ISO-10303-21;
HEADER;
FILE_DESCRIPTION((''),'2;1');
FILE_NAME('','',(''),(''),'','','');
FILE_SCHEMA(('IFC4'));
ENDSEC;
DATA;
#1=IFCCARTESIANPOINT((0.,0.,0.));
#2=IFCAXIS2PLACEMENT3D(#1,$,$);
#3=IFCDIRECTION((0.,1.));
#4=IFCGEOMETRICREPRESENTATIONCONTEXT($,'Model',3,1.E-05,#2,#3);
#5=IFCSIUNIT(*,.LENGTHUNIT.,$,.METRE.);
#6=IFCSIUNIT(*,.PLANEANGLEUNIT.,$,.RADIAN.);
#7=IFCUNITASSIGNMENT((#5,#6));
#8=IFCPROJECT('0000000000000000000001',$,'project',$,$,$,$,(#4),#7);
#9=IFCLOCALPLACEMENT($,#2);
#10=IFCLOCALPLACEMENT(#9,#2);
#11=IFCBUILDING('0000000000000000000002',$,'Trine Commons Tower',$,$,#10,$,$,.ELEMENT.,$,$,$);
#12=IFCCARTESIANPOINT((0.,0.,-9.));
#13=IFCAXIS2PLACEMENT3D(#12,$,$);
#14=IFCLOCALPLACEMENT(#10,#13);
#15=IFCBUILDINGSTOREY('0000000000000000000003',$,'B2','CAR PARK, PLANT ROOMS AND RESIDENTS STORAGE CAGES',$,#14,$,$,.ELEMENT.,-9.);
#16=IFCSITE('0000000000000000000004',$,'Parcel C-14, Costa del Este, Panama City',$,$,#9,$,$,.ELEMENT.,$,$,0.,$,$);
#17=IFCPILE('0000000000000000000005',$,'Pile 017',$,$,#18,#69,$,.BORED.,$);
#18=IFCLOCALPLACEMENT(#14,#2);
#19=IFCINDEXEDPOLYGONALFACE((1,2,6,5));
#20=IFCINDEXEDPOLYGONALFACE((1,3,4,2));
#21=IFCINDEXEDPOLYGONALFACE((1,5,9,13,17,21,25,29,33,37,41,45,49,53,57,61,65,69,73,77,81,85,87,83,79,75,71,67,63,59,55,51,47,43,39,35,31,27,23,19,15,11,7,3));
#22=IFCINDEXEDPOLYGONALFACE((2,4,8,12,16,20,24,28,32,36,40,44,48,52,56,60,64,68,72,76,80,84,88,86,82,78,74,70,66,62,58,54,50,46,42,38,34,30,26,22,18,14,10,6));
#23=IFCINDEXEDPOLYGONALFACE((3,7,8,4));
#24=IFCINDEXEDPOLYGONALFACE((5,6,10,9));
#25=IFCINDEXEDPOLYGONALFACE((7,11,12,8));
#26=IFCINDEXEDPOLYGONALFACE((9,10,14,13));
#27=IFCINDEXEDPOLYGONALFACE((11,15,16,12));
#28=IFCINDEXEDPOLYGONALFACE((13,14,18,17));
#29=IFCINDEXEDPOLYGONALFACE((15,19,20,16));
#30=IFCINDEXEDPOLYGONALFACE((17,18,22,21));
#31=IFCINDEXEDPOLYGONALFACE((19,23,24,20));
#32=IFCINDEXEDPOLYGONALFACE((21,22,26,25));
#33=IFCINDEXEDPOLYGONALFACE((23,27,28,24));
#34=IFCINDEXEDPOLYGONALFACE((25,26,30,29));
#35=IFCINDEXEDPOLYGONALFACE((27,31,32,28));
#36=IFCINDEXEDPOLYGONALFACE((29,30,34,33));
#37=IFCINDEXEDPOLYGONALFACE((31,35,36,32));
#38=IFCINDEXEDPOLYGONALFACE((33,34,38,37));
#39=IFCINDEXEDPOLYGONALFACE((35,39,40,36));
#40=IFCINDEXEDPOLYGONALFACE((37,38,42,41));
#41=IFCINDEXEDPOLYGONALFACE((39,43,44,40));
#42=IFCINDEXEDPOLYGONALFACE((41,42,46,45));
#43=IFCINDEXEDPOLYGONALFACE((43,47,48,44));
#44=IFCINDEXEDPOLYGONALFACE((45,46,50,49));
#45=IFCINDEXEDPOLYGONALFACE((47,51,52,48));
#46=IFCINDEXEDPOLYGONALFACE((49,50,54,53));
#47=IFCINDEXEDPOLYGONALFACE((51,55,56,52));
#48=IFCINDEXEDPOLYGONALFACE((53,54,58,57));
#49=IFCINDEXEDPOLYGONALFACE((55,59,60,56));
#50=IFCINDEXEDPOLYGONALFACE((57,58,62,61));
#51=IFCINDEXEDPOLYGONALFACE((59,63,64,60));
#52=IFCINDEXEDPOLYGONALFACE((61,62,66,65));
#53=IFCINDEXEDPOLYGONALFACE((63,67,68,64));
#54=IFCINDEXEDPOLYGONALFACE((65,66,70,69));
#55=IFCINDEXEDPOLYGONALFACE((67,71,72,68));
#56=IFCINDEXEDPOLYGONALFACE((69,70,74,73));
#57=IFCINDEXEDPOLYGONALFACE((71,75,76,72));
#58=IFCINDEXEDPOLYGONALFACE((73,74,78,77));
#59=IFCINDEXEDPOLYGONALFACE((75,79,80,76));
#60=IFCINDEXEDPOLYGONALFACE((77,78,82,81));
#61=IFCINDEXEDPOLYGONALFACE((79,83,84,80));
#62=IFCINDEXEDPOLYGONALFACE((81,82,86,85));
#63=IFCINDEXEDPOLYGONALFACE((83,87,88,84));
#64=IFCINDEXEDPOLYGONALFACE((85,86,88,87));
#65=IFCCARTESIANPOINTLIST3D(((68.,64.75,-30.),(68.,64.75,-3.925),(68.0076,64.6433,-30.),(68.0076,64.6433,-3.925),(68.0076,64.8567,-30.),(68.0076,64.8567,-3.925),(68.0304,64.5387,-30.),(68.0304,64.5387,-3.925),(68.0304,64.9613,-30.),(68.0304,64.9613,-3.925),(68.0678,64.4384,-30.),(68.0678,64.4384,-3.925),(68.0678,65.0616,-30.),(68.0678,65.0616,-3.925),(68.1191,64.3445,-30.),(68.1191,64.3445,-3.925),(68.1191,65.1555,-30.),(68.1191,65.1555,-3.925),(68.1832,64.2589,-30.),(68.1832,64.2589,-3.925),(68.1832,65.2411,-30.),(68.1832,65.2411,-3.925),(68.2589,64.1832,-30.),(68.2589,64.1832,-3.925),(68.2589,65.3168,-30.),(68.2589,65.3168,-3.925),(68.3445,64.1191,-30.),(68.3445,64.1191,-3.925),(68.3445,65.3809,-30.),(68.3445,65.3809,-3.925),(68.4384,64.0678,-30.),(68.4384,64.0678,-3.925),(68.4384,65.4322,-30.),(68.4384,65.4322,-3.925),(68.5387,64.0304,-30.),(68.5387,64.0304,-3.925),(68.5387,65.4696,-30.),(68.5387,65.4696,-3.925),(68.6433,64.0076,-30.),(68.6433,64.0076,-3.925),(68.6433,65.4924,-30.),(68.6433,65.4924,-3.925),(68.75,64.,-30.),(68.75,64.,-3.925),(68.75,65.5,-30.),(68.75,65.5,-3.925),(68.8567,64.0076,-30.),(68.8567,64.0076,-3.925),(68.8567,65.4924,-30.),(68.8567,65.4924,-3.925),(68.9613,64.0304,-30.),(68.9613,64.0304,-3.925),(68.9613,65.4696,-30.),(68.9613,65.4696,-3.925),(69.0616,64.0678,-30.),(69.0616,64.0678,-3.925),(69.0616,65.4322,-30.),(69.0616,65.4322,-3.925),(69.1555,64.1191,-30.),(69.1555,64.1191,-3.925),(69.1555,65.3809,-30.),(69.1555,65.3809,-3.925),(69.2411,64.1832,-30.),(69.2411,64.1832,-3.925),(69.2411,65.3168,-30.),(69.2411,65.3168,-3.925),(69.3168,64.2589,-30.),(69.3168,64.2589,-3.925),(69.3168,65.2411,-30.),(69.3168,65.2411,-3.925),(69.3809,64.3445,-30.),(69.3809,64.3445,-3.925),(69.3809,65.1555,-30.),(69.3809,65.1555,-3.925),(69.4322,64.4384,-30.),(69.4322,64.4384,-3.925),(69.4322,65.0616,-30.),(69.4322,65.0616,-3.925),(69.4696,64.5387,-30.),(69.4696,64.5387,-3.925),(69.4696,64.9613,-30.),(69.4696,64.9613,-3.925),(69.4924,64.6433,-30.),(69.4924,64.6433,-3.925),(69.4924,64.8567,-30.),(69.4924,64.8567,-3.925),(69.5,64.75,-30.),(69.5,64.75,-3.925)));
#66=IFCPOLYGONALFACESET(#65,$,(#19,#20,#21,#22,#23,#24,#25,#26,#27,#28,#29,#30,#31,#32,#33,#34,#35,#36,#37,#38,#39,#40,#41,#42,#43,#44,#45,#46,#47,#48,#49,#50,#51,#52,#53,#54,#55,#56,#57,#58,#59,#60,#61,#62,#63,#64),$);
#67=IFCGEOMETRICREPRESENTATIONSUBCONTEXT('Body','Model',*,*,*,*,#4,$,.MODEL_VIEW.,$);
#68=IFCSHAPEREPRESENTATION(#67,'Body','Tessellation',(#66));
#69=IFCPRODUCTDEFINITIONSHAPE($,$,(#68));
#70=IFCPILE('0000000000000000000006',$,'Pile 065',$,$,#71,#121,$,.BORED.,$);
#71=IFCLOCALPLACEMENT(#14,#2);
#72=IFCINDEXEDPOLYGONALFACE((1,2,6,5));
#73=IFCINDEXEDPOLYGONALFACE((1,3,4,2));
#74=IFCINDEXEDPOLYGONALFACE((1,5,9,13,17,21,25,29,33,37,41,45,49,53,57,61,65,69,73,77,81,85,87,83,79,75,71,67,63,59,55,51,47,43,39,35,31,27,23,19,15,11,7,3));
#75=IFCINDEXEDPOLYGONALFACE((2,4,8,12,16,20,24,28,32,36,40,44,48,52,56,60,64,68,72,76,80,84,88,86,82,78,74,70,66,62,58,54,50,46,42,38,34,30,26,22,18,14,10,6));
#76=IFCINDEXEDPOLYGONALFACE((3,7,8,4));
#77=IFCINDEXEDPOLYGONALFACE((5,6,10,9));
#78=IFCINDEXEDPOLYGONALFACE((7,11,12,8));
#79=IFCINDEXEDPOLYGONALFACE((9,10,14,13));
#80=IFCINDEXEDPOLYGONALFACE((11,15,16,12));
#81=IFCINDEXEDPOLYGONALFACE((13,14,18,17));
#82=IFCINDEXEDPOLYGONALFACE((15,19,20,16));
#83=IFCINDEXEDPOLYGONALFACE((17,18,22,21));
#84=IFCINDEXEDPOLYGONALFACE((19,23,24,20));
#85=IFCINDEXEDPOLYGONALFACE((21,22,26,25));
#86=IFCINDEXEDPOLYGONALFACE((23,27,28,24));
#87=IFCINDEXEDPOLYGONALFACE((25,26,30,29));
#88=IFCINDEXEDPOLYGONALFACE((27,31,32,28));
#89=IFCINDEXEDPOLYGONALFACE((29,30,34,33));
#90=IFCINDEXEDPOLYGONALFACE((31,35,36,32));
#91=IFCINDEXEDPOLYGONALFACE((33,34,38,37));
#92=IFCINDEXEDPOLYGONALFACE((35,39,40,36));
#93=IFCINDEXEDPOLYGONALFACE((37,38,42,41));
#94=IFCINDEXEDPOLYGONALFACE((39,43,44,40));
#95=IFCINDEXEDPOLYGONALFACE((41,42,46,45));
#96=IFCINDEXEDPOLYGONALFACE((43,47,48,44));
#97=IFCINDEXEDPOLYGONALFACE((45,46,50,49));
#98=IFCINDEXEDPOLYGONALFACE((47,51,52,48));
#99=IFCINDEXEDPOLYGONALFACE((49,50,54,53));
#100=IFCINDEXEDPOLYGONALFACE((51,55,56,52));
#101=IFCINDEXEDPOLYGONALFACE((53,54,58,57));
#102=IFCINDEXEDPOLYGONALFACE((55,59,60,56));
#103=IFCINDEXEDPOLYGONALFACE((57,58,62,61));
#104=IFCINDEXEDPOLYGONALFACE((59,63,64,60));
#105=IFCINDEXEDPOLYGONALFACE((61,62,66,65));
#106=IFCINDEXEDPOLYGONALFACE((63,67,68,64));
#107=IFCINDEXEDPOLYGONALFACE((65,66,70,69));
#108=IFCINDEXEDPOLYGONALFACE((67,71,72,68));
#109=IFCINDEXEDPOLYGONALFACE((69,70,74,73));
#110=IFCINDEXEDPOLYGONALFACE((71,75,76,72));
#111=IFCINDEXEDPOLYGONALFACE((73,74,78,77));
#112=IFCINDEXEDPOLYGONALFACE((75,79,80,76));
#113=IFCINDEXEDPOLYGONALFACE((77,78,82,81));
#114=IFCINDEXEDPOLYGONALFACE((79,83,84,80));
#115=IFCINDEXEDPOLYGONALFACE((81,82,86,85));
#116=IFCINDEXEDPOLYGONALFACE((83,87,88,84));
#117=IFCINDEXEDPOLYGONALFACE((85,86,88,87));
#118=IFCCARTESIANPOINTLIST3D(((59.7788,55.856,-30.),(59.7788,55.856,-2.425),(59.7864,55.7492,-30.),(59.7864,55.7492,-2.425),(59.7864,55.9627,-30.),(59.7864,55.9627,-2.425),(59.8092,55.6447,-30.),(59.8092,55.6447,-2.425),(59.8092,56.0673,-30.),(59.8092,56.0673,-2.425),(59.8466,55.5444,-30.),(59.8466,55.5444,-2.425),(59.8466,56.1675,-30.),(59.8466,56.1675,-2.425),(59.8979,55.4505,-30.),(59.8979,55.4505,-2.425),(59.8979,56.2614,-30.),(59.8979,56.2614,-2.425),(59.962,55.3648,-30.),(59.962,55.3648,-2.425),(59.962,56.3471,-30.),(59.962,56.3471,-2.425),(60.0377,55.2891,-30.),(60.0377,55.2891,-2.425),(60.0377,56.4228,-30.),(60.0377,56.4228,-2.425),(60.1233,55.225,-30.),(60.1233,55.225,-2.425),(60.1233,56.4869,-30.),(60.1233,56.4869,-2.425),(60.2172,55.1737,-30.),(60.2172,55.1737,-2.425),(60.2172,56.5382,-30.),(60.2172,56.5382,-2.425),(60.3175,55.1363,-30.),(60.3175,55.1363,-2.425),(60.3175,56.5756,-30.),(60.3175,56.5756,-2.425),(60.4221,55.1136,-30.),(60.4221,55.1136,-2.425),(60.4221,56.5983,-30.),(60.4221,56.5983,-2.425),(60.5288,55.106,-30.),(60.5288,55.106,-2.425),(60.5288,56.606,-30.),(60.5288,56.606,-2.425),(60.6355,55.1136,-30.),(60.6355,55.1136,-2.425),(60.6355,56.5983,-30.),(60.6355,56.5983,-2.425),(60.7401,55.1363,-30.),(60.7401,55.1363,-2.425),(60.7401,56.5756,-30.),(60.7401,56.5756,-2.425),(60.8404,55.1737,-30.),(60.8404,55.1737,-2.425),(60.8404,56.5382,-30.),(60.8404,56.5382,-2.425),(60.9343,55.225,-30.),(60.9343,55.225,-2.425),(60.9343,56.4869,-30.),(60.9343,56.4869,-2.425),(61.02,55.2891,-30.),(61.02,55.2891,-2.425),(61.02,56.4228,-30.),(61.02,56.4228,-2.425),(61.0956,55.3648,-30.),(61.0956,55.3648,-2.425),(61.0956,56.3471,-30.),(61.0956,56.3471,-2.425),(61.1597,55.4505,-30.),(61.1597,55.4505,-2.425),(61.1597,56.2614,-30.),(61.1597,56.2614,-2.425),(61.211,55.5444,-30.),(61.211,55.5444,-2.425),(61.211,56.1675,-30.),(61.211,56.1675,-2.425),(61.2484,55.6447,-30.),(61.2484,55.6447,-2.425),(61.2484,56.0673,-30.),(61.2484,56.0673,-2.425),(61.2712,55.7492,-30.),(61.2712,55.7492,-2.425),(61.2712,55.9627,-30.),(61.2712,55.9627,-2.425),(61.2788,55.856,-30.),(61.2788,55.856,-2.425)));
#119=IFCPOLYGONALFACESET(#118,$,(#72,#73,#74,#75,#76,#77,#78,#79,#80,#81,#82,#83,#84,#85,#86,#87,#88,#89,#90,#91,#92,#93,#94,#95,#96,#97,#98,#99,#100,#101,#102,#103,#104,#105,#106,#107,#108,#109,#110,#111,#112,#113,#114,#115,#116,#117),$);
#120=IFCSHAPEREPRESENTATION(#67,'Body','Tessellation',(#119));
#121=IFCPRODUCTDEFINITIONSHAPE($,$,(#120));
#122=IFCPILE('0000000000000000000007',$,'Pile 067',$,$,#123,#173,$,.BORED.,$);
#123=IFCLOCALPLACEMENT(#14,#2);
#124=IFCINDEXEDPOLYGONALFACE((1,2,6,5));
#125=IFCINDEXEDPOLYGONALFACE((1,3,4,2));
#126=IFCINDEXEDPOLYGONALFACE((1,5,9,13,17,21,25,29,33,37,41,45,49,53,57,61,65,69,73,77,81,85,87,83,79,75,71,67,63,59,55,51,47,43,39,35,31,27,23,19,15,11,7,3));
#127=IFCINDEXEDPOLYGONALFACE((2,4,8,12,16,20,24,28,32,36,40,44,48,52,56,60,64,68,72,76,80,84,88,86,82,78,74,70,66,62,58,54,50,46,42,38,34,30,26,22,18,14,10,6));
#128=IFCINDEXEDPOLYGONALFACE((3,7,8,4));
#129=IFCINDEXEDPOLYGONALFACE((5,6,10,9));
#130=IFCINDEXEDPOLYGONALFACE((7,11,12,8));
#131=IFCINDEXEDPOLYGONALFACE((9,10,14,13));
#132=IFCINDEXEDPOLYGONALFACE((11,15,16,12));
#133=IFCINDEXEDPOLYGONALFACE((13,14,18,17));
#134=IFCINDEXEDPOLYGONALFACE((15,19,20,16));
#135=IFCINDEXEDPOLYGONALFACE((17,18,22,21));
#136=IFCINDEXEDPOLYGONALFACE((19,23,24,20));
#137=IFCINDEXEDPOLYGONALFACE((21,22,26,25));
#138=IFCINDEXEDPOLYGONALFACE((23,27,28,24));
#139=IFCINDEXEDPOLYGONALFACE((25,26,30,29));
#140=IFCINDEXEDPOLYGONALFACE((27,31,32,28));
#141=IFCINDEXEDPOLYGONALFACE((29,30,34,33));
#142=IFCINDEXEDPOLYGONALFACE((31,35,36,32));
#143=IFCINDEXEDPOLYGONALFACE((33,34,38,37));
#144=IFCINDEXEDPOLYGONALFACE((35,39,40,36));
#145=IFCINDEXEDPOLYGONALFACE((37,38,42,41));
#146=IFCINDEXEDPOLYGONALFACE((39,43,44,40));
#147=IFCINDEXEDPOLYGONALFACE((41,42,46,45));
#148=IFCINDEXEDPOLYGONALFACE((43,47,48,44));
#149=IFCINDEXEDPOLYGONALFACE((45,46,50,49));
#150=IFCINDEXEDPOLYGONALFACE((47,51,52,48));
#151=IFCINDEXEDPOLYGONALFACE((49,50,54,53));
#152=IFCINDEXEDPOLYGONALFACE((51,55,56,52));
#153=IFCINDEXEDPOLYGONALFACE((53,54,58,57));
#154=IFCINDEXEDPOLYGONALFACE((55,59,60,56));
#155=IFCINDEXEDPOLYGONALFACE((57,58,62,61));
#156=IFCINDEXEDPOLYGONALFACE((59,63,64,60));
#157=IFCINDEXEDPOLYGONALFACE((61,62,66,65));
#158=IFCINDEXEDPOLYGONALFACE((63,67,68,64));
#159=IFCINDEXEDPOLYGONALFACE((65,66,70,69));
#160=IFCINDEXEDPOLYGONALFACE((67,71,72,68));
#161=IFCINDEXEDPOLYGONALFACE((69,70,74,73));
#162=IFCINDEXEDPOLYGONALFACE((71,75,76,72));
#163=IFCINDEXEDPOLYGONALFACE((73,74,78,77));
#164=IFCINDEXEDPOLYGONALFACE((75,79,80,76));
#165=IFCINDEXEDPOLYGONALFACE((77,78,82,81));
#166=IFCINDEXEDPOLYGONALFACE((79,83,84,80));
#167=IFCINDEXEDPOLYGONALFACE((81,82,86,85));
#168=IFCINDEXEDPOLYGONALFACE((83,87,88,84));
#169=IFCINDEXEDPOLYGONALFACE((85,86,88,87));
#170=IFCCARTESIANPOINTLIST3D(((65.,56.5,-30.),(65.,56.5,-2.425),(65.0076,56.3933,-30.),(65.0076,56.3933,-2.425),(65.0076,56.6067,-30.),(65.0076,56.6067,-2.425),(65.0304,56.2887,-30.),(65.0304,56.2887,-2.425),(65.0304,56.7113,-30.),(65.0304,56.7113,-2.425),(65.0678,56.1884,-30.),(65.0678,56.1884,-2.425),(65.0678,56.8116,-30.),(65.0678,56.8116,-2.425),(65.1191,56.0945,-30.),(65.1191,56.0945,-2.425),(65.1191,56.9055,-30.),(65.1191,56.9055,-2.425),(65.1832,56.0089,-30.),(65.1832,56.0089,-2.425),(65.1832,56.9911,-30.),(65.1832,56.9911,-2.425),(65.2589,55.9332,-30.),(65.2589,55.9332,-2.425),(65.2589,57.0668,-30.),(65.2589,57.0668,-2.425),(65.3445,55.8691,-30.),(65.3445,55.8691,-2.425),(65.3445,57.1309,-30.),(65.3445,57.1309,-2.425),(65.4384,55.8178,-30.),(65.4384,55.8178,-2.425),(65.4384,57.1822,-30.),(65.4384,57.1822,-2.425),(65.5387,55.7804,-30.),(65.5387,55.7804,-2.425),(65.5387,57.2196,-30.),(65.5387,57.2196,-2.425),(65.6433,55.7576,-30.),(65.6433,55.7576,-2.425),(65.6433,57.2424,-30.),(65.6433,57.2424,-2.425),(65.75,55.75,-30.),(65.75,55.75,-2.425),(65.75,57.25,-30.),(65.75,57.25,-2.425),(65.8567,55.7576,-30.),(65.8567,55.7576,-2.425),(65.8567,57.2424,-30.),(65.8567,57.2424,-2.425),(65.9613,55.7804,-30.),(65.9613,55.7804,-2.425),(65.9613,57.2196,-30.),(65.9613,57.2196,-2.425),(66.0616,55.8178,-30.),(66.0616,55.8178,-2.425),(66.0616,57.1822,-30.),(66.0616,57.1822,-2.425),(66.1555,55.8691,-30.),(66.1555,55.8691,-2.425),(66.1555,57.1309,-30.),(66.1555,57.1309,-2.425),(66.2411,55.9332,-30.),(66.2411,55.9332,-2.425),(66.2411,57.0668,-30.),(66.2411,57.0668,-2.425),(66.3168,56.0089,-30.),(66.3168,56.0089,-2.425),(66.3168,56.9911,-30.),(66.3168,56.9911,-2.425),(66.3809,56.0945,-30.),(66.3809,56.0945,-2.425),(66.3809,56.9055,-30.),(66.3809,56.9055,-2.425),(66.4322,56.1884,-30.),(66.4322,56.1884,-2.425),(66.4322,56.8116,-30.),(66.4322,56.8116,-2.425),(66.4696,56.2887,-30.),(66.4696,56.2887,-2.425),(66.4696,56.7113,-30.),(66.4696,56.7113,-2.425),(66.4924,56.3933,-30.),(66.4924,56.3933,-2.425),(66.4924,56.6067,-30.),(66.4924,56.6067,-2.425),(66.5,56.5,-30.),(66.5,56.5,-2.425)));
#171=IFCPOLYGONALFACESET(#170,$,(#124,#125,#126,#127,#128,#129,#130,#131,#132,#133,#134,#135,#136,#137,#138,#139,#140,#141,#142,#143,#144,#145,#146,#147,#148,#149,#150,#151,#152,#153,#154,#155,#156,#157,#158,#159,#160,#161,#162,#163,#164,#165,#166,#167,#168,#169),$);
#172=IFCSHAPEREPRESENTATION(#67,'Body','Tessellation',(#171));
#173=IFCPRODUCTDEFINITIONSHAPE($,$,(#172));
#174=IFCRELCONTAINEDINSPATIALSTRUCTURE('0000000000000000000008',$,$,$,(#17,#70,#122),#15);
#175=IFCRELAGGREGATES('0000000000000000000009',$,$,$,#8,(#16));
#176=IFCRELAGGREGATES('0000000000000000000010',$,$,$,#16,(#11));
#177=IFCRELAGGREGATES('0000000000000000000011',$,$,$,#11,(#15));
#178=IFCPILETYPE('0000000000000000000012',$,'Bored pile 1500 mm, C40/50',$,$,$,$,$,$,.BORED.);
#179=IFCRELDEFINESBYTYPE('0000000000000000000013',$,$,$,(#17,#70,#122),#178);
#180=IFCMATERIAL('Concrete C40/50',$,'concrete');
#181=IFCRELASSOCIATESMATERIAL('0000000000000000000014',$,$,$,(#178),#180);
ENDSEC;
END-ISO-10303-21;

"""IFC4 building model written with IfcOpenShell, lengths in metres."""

from ifc_helpers import new_model, si_unit, direction, frame, origin, origin_2d, place, context, subcontext, project, spatial, circle, extrude, material, type_object, element, save


model = new_model("IFC4")

# Units and contexts
model_context = context("Model", 3, precision=1e-05, world=origin(), true_north=direction((0.0, 1.0)))
body_context = subcontext(model_context, "Body", "Model", "MODEL_VIEW")
ifc_project = project(units=[si_unit("LENGTHUNIT", "METRE"), si_unit("PLANEANGLEUNIT", "RADIAN")], contexts=[model_context])

# Site, building, storey
site_placement = place(None, origin())
site = spatial("IfcSite", under=ifc_project, at=site_placement, Name="Parcel C-14, Costa del Este, Panama City", CompositionType="ELEMENT", RefElevation=0.0)
building_placement = place(site_placement, origin())
building = spatial("IfcBuilding", under=site, at=building_placement, Name="Trine Commons Tower", CompositionType="ELEMENT")
storey_placement = place(building_placement, frame((0.0, 0.0, -9.0)))
storey = spatial("IfcBuildingStorey", under=building, at=storey_placement, Name="B2", Description="CAR PARK, PLANT ROOMS AND RESIDENTS STORAGE CAGES", CompositionType="ELEMENT", Elevation=-9.0)

# Piles
ifc_material_1 = material(Name="Concrete C40/50", Category="concrete")
pile_type_1 = type_object("IfcPileType", Name="Bored pile 1500 mm, C40/50", PredefinedType="BORED", material=ifc_material_1)
for number, where, z_axis, x_axis, name in (
    (1, (68.75, 64.75, -3.925), (0.0, 0.0, -1.0), (1.0, 0.0, 0.0), "Pile 017"),
):
    element("IfcPile", number, at=place(storey_placement, frame(where, z_axis=z_axis, x_axis=x_axis)), inside=storey, type_object=pile_type_1, Name=name, PredefinedType="BORED", context=body_context, shape_type="SweptSolid", body=[
        extrude(circle(Radius=0.75, at=origin_2d()), origin(), (0.0, 0.0, 1.0), 26.075),
    ])
for number, where, z_axis, x_axis, name in (
    (2, (60.5288, 55.856, -2.425), (0.0, 0.0, -1.0), (1.0, 0.0, 0.0), "Pile 065"),
    (3, (65.75, 56.5, -2.425), (0.0, 0.0, -1.0), (1.0, 0.0, 0.0), "Pile 067"),
):
    element("IfcPile", number, at=place(storey_placement, frame(where, z_axis=z_axis, x_axis=x_axis)), inside=storey, type_object=pile_type_1, Name=name, PredefinedType="BORED", context=body_context, shape_type="SweptSolid", body=[
        extrude(circle(Radius=0.75, at=origin_2d()), origin(), (0.0, 0.0, 1.0), 27.575),
    ])

save(model, "model.ifc")
